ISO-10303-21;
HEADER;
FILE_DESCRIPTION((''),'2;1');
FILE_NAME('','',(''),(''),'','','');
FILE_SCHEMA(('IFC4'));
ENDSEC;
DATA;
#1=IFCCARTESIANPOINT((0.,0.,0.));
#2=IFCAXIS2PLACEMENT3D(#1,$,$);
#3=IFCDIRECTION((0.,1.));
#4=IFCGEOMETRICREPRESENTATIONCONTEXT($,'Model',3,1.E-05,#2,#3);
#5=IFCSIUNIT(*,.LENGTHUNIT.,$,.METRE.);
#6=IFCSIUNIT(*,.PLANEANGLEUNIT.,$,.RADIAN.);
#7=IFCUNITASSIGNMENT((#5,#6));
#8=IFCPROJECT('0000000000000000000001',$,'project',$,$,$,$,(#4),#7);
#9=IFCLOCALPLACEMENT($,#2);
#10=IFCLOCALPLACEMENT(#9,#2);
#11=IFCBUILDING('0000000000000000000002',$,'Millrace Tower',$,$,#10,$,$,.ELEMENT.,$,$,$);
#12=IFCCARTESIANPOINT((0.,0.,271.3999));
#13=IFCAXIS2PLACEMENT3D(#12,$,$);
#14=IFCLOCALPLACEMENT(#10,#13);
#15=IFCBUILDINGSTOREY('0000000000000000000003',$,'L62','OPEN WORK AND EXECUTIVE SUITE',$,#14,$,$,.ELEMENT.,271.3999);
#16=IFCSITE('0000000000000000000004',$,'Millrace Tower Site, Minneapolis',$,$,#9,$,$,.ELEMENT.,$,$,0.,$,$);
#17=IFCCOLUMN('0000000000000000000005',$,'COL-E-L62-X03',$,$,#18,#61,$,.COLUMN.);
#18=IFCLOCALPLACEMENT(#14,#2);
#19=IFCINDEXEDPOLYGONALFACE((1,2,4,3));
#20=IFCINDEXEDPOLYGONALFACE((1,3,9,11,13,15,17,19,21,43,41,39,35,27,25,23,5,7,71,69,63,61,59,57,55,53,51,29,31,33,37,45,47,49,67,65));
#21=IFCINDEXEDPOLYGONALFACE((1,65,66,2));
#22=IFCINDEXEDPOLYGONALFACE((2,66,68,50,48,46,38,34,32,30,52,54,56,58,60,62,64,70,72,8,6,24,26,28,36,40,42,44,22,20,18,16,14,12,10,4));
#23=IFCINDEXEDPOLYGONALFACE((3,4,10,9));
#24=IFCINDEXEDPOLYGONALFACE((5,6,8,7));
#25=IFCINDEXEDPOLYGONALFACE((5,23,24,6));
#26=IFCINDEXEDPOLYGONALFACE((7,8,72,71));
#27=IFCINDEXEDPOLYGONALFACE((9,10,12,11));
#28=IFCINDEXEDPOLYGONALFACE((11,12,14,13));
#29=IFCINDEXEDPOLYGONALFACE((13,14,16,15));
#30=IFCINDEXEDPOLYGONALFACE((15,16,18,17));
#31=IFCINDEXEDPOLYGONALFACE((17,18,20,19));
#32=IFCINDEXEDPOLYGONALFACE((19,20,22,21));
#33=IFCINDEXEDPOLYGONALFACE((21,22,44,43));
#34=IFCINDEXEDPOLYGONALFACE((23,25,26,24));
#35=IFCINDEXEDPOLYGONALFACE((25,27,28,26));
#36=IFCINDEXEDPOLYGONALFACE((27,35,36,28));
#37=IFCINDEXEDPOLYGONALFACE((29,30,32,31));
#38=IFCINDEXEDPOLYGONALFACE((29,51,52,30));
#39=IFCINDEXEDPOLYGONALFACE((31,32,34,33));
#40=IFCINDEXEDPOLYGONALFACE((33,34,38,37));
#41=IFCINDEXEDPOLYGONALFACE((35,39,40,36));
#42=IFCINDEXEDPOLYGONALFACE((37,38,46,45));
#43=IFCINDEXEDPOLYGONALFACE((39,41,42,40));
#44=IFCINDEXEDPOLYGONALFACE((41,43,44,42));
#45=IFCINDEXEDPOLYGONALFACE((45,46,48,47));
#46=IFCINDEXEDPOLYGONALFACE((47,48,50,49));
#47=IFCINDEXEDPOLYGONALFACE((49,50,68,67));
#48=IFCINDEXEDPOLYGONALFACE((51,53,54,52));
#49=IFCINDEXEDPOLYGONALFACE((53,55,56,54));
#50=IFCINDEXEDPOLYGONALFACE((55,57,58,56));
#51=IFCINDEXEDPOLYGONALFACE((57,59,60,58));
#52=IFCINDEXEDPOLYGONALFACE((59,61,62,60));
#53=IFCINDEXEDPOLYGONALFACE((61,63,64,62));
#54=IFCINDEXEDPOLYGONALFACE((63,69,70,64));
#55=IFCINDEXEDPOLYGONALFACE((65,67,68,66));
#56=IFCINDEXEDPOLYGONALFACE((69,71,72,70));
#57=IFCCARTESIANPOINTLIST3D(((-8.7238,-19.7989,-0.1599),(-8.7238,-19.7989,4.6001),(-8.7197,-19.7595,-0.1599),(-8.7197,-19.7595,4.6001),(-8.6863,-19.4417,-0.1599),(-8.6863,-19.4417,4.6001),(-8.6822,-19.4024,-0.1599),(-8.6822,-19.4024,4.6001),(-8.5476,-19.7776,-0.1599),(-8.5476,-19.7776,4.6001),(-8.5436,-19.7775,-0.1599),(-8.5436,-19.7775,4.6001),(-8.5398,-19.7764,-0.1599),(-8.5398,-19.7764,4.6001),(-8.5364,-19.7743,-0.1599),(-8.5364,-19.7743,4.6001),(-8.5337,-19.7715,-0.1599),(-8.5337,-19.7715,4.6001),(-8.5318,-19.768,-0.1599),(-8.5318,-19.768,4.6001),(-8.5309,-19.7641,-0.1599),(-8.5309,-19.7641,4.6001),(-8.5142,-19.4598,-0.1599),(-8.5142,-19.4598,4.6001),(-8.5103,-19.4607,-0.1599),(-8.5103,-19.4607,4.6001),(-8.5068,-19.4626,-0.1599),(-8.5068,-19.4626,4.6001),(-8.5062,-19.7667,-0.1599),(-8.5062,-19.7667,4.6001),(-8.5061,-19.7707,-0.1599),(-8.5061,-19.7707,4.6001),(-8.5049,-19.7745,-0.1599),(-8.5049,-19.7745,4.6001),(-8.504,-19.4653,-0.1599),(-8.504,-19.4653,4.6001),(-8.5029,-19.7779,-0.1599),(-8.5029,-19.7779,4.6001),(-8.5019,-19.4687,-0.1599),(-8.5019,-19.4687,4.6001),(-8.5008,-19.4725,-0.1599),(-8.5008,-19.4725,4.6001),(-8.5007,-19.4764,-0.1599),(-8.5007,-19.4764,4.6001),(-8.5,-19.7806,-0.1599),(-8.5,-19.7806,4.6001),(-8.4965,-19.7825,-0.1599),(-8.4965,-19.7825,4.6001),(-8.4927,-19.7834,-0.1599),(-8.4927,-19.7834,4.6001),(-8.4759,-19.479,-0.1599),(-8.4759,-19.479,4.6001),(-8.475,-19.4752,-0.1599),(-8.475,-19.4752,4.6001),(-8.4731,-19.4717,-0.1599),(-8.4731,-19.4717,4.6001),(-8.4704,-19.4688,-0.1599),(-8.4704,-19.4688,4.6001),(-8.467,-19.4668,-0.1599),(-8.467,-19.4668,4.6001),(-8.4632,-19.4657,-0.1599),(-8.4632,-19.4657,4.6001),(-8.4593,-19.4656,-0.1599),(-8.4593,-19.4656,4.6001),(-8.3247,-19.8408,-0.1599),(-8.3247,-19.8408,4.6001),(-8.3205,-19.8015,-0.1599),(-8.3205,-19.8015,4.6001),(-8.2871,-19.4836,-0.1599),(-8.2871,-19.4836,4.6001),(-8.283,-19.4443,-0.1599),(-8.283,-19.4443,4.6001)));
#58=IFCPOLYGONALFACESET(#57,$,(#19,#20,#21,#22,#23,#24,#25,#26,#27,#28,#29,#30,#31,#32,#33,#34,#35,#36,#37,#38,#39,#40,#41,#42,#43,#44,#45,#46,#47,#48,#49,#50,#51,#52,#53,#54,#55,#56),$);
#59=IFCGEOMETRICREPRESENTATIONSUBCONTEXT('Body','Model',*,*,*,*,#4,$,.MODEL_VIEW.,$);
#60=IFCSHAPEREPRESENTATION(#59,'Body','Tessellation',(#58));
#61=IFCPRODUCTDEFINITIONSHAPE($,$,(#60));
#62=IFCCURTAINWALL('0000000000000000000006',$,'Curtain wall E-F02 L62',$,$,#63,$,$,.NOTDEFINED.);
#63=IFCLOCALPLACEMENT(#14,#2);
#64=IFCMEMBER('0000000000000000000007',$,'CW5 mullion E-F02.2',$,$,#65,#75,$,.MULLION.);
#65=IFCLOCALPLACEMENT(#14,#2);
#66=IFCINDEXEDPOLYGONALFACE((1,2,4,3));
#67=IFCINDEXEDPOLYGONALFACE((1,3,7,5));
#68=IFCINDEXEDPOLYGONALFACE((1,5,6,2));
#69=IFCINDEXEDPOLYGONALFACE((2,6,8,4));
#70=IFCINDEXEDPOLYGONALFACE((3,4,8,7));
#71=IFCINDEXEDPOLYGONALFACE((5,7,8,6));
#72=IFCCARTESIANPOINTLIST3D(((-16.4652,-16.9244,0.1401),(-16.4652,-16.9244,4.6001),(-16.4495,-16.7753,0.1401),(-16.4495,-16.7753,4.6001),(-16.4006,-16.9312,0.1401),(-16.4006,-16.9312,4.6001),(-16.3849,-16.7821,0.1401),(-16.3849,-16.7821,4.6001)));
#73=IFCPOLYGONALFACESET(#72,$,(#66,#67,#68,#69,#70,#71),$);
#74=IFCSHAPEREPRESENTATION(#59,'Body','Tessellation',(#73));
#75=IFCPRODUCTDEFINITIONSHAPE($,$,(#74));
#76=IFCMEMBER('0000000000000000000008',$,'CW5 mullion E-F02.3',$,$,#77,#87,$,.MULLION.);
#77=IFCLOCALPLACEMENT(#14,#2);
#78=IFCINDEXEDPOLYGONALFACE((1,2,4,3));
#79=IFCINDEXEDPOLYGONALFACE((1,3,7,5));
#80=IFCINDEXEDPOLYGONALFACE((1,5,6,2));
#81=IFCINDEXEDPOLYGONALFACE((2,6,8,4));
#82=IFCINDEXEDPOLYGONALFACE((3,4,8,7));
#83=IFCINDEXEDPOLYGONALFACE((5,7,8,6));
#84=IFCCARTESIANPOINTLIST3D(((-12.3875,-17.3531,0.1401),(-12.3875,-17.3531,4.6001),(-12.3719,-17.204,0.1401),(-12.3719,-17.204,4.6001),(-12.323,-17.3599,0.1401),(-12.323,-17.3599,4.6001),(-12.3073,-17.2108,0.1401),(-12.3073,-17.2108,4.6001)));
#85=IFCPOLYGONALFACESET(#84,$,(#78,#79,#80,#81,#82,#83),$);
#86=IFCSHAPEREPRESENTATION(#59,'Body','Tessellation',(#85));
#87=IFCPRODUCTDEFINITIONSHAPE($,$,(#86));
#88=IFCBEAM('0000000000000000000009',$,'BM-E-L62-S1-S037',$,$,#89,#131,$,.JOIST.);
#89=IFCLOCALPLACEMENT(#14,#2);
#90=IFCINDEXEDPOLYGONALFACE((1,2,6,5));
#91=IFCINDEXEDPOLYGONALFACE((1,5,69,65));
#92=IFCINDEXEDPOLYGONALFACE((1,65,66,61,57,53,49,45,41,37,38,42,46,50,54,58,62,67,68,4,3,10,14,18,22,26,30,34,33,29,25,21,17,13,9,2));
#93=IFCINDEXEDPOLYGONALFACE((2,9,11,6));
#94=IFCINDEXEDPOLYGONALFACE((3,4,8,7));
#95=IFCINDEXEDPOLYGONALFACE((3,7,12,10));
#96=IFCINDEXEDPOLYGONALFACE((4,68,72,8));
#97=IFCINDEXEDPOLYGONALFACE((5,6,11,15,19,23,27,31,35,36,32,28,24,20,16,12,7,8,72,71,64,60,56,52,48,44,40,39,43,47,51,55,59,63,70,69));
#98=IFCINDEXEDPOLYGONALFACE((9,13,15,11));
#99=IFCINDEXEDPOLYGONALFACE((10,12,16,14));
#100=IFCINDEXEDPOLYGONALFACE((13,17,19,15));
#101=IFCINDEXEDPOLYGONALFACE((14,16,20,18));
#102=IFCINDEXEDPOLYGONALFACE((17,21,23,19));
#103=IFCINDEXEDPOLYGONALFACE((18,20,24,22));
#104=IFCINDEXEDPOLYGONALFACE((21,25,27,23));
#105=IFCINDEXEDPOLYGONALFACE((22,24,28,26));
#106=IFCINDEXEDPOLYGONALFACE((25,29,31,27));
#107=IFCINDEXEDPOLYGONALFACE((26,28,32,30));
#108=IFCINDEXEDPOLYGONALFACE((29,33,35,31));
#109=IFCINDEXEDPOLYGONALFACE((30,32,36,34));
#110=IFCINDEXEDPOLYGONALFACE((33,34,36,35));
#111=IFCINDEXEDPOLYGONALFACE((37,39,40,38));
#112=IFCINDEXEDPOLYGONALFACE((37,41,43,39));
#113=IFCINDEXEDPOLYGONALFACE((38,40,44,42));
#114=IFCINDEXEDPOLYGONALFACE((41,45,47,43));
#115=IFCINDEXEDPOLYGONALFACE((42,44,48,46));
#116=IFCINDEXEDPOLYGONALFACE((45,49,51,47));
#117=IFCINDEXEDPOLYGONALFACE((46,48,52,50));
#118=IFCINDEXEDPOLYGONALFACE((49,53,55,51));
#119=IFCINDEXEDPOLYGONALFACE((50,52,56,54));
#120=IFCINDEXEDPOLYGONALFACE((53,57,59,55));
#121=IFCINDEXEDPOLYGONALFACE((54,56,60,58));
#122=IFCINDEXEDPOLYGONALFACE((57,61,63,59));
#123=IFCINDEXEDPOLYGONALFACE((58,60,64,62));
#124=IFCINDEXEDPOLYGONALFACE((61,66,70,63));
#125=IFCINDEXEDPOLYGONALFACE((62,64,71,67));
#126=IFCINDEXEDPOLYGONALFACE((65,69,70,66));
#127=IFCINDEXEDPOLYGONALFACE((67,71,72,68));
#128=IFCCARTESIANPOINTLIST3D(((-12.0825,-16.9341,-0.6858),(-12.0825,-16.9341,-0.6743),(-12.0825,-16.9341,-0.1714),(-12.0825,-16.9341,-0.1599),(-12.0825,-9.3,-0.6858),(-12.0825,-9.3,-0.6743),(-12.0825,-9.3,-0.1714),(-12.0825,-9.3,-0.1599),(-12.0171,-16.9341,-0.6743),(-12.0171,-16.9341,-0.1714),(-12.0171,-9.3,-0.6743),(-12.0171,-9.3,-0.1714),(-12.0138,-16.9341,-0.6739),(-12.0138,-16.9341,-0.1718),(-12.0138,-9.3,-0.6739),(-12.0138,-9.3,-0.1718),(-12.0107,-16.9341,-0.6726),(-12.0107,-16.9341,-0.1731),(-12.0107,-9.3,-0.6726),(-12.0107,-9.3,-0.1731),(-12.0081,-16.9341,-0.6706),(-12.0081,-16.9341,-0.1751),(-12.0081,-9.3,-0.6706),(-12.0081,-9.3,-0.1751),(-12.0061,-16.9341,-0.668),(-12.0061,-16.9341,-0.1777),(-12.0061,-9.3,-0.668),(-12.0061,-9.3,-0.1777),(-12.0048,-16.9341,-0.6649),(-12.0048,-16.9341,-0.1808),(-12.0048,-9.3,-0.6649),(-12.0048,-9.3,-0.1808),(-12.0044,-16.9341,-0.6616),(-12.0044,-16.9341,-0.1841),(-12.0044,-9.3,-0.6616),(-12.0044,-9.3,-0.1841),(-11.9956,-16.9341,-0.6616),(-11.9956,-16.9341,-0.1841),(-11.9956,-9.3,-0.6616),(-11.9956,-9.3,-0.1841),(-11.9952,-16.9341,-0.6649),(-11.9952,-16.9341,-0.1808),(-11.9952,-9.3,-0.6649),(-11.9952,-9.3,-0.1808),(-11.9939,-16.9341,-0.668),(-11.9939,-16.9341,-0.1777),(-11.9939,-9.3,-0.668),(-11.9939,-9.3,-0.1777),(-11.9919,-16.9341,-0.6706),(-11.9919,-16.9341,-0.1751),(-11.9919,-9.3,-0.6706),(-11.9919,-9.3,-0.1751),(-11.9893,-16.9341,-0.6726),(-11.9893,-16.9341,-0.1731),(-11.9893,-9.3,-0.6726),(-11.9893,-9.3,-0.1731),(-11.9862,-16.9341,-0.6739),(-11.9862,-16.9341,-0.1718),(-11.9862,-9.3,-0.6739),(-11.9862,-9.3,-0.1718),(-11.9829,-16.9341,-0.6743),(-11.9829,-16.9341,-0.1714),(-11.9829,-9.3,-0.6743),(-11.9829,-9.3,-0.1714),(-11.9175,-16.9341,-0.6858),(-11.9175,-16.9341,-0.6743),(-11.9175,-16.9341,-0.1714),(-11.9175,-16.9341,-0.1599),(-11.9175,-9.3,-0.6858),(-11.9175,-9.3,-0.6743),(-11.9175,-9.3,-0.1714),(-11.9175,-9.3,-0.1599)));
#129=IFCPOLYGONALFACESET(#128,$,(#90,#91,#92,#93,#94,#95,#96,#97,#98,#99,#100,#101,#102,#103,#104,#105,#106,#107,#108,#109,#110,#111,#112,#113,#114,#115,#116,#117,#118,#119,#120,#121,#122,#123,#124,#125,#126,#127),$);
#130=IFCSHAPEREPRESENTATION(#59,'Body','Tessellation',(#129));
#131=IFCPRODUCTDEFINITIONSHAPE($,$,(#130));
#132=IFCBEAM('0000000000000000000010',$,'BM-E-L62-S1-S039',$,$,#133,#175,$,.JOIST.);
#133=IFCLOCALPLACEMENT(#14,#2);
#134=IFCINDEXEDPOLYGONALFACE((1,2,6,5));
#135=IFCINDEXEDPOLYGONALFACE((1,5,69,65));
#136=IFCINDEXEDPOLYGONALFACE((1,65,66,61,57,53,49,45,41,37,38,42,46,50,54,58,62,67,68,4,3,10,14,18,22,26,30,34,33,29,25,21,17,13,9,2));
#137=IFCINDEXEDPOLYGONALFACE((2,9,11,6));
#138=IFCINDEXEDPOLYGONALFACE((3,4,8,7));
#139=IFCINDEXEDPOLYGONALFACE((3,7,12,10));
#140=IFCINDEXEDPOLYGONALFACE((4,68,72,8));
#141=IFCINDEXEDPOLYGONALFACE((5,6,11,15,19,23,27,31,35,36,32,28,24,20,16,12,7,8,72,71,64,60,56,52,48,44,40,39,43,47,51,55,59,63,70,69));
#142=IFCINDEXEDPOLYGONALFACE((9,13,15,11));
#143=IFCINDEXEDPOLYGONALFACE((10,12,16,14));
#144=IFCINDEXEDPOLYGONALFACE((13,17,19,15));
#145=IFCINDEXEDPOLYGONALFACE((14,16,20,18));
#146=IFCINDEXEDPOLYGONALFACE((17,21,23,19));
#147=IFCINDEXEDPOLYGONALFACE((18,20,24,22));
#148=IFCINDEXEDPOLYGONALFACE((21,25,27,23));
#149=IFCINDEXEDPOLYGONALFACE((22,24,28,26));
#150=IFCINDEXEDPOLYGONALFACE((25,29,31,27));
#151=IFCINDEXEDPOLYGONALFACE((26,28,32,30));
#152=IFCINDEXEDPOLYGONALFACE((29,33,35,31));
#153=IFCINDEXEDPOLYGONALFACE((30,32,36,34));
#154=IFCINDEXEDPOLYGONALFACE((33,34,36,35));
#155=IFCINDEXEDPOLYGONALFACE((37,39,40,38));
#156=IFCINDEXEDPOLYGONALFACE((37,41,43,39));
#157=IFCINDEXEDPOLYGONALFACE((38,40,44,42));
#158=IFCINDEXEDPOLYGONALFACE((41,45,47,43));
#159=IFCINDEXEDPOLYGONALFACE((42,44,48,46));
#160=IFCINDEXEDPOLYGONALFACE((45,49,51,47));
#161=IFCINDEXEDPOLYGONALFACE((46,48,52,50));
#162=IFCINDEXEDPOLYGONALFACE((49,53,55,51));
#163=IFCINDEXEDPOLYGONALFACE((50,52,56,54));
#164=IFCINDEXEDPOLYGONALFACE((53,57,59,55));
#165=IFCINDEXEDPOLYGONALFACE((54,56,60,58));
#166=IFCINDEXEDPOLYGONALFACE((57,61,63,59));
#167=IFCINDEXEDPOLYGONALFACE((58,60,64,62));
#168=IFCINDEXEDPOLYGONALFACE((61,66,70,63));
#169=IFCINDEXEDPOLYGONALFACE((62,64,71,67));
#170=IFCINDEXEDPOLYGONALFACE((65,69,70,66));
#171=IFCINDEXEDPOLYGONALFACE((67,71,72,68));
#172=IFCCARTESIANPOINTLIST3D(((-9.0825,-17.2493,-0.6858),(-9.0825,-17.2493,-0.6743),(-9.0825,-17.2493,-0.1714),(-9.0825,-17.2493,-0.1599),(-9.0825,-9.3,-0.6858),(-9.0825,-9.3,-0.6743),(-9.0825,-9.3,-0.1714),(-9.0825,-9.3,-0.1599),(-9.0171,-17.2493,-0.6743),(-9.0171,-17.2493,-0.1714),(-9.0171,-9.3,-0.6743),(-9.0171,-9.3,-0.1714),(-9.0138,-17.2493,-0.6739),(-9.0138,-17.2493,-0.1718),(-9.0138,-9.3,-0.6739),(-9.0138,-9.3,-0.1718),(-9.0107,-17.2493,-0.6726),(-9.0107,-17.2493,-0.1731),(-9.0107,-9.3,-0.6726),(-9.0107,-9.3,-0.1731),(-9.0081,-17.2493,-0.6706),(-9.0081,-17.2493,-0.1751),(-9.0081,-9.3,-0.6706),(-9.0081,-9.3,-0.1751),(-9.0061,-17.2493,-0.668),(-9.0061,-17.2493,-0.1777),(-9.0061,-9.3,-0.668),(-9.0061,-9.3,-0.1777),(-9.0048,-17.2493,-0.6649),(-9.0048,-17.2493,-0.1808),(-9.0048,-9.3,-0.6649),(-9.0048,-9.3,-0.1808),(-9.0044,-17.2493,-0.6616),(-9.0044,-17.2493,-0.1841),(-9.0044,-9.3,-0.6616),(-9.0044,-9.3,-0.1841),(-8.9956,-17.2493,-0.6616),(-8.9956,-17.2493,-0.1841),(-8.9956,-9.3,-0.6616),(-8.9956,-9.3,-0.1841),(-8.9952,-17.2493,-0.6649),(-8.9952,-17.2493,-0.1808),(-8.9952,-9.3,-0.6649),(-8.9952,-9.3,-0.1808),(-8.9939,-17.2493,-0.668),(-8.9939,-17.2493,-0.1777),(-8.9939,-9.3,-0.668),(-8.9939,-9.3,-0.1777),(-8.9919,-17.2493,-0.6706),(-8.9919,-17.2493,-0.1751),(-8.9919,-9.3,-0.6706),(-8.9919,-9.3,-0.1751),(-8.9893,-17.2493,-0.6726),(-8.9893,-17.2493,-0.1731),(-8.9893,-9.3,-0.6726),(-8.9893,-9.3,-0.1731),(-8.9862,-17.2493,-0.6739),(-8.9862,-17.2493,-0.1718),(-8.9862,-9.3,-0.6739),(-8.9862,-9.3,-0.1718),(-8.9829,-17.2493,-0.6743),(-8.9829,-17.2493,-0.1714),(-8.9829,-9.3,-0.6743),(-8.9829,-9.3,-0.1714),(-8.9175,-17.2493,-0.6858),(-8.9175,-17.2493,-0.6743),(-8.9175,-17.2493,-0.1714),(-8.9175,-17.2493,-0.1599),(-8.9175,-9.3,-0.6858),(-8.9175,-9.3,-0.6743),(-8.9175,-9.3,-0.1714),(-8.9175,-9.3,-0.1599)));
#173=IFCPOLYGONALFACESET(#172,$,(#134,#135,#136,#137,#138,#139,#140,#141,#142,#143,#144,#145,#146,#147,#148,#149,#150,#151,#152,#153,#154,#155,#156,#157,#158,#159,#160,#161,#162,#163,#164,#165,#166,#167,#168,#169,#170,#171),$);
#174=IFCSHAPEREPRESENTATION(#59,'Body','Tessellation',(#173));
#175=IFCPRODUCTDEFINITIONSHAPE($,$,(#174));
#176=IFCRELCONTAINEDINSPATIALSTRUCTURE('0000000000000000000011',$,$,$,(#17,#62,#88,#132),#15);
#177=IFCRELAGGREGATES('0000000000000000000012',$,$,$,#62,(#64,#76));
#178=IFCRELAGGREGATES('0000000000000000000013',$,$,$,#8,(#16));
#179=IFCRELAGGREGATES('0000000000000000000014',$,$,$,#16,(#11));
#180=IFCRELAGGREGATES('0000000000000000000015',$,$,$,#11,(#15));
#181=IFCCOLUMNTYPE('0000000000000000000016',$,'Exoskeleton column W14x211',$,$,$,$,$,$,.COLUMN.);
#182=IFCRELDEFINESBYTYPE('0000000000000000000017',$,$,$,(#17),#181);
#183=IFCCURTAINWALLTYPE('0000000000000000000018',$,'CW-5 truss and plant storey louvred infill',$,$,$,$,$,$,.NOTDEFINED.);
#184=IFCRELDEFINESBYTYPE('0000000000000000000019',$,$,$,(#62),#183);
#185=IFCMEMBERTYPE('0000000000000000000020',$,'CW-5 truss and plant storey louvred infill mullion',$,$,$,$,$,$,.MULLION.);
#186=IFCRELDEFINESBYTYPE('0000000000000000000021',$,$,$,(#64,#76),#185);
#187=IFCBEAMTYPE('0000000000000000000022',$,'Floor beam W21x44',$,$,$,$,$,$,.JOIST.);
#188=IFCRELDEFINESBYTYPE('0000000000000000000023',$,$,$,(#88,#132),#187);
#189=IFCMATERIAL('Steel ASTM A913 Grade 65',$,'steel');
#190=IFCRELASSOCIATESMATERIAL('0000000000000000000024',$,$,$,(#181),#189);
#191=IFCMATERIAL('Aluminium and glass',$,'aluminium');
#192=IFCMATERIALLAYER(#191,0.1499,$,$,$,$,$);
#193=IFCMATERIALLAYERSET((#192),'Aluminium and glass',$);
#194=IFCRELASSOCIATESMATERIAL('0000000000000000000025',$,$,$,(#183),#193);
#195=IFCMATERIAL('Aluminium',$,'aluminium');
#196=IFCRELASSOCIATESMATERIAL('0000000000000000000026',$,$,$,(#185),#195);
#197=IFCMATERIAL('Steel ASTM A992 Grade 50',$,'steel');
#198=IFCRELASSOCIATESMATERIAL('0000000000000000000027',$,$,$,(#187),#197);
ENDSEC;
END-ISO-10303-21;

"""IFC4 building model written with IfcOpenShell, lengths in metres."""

from ifc_helpers import new_model, si_unit, direction, frame, origin, origin_2d, place, context, subcontext, project, spatial, rectangle, i_section, extrude, material, layer, layer_set, material_profile, profile_set, type_object, element, aggregate, save


model = new_model("IFC4")

# Units and contexts
model_context = context("Model", 3, precision=1e-05, world=origin(), true_north=direction((0.0, 1.0)))
body_context = subcontext(model_context, "Body", "Model", "MODEL_VIEW")
ifc_project = project(units=[si_unit("LENGTHUNIT", "METRE"), si_unit("PLANEANGLEUNIT", "RADIAN")], contexts=[model_context])

# Site, building, storey
site_placement = place(None, origin())
site = spatial("IfcSite", under=ifc_project, at=site_placement, Name="Millrace Tower Site, Minneapolis", CompositionType="ELEMENT", RefElevation=0.0)
building_placement = place(site_placement, origin())
building = spatial("IfcBuilding", under=site, at=building_placement, Name="Millrace Tower", CompositionType="ELEMENT")
storey_placement = place(building_placement, frame((0.0, 0.0, 271.3999)))
storey = spatial("IfcBuildingStorey", under=building, at=storey_placement, Name="L62", Description="OPEN WORK AND EXECUTIVE SUITE", CompositionType="ELEMENT", Elevation=271.3999)

# Column
ifc_material_1 = material(Name="Steel ASTM A913 Grade 65", Category="steel")
ifc_material_profile_1 = material_profile(ifc_material_1, i_section(OverallWidth=0.4014, OverallDepth=0.3987, WebThickness=0.0249, FlangeThickness=0.0396, FilletRadius=0.0151, at=origin_2d()))
ifc_profile_set_1 = profile_set([ifc_material_profile_1], Name="Steel ASTM A913 Grade 65")
column_type = type_object("IfcColumnType", Name="Exoskeleton column W14x211", PredefinedType="COLUMN", material=ifc_profile_set_1)
column_placement = place(storey_placement, frame((-8.5034, -19.6216, -0.1599), z_axis=(0.0, 0.0, 1.0), x_axis=(0.994522, -0.104528, 0.0)))
element("IfcColumn", 1, at=column_placement, inside=storey, type_object=column_type, Name="COL-E-L62-X03", PredefinedType="COLUMN", context=body_context, shape_type="SweptSolid", body=[
    extrude(i_section(OverallWidth=0.4014, OverallDepth=0.3987, WebThickness=0.0249, FlangeThickness=0.0396, FilletRadius=0.0151, at=origin_2d()), origin(), (0.0, 0.0, 1.0), 4.76),
])

# Curtain wall, members
ifc_material_2 = material(Name="Aluminium and glass", Category="aluminium")
ifc_layer_1 = layer(ifc_material_2, 0.1499)
ifc_layer_set_1 = layer_set([ifc_layer_1], Name="Aluminium and glass")
curtain_wall_type = type_object("IfcCurtainWallType", Name="CW-5 truss and plant storey louvred infill", PredefinedType="NOTDEFINED", material=ifc_layer_set_1)
curtain_wall_placement = place(storey_placement, origin())
curtain_wall = element("IfcCurtainWall", 2, at=curtain_wall_placement, inside=storey, type_object=curtain_wall_type, Name="Curtain wall E-F02 L62", PredefinedType="NOTDEFINED")
ifc_material_3 = material(Name="Aluminium", Category="aluminium")
ifc_material_profile_2 = material_profile(ifc_material_3, rectangle(XDim=0.0649, YDim=0.1499, at=origin_2d()))
ifc_profile_set_2 = profile_set([ifc_material_profile_2], Name="Aluminium")
member_type_1 = type_object("IfcMemberType", Name="CW-5 truss and plant storey louvred infill mullion", PredefinedType="MULLION", material=ifc_profile_set_2)
member_1_placement = place(storey_placement, frame((-16.425, -16.8533, 0.1401), z_axis=(0.0, 0.0, 1.0), x_axis=(0.994522, -0.104528, 0.0)))
member_1 = element("IfcMember", 3, at=member_1_placement, type_object=member_type_1, Name="CW5 mullion E-F02.2", PredefinedType="MULLION", context=body_context, shape_type="SweptSolid", body=[
    extrude(rectangle(XDim=0.0649, YDim=0.1499, at=origin_2d()), origin(), (0.0, 0.0, 1.0), 4.46),
])
member_2_placement = place(storey_placement, frame((-12.3474, -17.282, 0.1401), z_axis=(0.0, 0.0, 1.0), x_axis=(0.994522, -0.104528, 0.0)))
member_2 = element("IfcMember", 4, at=member_2_placement, type_object=member_type_1, Name="CW5 mullion E-F02.3", PredefinedType="MULLION", context=body_context, shape_type="SweptSolid", body=[
    extrude(rectangle(XDim=0.0649, YDim=0.1499, at=origin_2d()), origin(), (0.0, 0.0, 1.0), 4.46),
])
aggregate(curtain_wall, [member_1, member_2])

# Beams
ifc_material_4 = material(Name="Steel ASTM A992 Grade 50", Category="steel")
ifc_material_profile_3 = material_profile(ifc_material_4, i_section(OverallWidth=0.165, OverallDepth=0.5259, WebThickness=0.0088, FlangeThickness=0.0115, FilletRadius=0.0127, at=origin_2d()))
ifc_profile_set_3 = profile_set([ifc_material_profile_3], Name="Steel ASTM A992 Grade 50")
beam_type_1 = type_object("IfcBeamType", Name="Floor beam W21x44", PredefinedType="JOIST", material=ifc_profile_set_3)
beam_1_placement = place(storey_placement, frame((-12.0, -16.9341, -0.4229), z_axis=(0.0, 1.0, 0.0), x_axis=(-1.0, 0.0, 0.0)))
element("IfcBeam", 5, at=beam_1_placement, inside=storey, type_object=beam_type_1, Name="BM-E-L62-S1-S037", PredefinedType="JOIST", context=body_context, shape_type="SweptSolid", body=[
    extrude(i_section(OverallWidth=0.165, OverallDepth=0.5259, WebThickness=0.0088, FlangeThickness=0.0115, FilletRadius=0.0127, at=origin_2d()), origin(), (0.0, 0.0, 1.0), 7.634),
])
beam_2_placement = place(storey_placement, frame((-9.0, -17.2493, -0.4229), z_axis=(0.0, 1.0, 0.0), x_axis=(-1.0, 0.0, 0.0)))
element("IfcBeam", 6, at=beam_2_placement, inside=storey, type_object=beam_type_1, Name="BM-E-L62-S1-S039", PredefinedType="JOIST", context=body_context, shape_type="SweptSolid", body=[
    extrude(i_section(OverallWidth=0.165, OverallDepth=0.5259, WebThickness=0.0088, FlangeThickness=0.0115, FilletRadius=0.0127, at=origin_2d()), origin(), (0.0, 0.0, 1.0), 7.9492),
])

save(model, "model.ifc")
